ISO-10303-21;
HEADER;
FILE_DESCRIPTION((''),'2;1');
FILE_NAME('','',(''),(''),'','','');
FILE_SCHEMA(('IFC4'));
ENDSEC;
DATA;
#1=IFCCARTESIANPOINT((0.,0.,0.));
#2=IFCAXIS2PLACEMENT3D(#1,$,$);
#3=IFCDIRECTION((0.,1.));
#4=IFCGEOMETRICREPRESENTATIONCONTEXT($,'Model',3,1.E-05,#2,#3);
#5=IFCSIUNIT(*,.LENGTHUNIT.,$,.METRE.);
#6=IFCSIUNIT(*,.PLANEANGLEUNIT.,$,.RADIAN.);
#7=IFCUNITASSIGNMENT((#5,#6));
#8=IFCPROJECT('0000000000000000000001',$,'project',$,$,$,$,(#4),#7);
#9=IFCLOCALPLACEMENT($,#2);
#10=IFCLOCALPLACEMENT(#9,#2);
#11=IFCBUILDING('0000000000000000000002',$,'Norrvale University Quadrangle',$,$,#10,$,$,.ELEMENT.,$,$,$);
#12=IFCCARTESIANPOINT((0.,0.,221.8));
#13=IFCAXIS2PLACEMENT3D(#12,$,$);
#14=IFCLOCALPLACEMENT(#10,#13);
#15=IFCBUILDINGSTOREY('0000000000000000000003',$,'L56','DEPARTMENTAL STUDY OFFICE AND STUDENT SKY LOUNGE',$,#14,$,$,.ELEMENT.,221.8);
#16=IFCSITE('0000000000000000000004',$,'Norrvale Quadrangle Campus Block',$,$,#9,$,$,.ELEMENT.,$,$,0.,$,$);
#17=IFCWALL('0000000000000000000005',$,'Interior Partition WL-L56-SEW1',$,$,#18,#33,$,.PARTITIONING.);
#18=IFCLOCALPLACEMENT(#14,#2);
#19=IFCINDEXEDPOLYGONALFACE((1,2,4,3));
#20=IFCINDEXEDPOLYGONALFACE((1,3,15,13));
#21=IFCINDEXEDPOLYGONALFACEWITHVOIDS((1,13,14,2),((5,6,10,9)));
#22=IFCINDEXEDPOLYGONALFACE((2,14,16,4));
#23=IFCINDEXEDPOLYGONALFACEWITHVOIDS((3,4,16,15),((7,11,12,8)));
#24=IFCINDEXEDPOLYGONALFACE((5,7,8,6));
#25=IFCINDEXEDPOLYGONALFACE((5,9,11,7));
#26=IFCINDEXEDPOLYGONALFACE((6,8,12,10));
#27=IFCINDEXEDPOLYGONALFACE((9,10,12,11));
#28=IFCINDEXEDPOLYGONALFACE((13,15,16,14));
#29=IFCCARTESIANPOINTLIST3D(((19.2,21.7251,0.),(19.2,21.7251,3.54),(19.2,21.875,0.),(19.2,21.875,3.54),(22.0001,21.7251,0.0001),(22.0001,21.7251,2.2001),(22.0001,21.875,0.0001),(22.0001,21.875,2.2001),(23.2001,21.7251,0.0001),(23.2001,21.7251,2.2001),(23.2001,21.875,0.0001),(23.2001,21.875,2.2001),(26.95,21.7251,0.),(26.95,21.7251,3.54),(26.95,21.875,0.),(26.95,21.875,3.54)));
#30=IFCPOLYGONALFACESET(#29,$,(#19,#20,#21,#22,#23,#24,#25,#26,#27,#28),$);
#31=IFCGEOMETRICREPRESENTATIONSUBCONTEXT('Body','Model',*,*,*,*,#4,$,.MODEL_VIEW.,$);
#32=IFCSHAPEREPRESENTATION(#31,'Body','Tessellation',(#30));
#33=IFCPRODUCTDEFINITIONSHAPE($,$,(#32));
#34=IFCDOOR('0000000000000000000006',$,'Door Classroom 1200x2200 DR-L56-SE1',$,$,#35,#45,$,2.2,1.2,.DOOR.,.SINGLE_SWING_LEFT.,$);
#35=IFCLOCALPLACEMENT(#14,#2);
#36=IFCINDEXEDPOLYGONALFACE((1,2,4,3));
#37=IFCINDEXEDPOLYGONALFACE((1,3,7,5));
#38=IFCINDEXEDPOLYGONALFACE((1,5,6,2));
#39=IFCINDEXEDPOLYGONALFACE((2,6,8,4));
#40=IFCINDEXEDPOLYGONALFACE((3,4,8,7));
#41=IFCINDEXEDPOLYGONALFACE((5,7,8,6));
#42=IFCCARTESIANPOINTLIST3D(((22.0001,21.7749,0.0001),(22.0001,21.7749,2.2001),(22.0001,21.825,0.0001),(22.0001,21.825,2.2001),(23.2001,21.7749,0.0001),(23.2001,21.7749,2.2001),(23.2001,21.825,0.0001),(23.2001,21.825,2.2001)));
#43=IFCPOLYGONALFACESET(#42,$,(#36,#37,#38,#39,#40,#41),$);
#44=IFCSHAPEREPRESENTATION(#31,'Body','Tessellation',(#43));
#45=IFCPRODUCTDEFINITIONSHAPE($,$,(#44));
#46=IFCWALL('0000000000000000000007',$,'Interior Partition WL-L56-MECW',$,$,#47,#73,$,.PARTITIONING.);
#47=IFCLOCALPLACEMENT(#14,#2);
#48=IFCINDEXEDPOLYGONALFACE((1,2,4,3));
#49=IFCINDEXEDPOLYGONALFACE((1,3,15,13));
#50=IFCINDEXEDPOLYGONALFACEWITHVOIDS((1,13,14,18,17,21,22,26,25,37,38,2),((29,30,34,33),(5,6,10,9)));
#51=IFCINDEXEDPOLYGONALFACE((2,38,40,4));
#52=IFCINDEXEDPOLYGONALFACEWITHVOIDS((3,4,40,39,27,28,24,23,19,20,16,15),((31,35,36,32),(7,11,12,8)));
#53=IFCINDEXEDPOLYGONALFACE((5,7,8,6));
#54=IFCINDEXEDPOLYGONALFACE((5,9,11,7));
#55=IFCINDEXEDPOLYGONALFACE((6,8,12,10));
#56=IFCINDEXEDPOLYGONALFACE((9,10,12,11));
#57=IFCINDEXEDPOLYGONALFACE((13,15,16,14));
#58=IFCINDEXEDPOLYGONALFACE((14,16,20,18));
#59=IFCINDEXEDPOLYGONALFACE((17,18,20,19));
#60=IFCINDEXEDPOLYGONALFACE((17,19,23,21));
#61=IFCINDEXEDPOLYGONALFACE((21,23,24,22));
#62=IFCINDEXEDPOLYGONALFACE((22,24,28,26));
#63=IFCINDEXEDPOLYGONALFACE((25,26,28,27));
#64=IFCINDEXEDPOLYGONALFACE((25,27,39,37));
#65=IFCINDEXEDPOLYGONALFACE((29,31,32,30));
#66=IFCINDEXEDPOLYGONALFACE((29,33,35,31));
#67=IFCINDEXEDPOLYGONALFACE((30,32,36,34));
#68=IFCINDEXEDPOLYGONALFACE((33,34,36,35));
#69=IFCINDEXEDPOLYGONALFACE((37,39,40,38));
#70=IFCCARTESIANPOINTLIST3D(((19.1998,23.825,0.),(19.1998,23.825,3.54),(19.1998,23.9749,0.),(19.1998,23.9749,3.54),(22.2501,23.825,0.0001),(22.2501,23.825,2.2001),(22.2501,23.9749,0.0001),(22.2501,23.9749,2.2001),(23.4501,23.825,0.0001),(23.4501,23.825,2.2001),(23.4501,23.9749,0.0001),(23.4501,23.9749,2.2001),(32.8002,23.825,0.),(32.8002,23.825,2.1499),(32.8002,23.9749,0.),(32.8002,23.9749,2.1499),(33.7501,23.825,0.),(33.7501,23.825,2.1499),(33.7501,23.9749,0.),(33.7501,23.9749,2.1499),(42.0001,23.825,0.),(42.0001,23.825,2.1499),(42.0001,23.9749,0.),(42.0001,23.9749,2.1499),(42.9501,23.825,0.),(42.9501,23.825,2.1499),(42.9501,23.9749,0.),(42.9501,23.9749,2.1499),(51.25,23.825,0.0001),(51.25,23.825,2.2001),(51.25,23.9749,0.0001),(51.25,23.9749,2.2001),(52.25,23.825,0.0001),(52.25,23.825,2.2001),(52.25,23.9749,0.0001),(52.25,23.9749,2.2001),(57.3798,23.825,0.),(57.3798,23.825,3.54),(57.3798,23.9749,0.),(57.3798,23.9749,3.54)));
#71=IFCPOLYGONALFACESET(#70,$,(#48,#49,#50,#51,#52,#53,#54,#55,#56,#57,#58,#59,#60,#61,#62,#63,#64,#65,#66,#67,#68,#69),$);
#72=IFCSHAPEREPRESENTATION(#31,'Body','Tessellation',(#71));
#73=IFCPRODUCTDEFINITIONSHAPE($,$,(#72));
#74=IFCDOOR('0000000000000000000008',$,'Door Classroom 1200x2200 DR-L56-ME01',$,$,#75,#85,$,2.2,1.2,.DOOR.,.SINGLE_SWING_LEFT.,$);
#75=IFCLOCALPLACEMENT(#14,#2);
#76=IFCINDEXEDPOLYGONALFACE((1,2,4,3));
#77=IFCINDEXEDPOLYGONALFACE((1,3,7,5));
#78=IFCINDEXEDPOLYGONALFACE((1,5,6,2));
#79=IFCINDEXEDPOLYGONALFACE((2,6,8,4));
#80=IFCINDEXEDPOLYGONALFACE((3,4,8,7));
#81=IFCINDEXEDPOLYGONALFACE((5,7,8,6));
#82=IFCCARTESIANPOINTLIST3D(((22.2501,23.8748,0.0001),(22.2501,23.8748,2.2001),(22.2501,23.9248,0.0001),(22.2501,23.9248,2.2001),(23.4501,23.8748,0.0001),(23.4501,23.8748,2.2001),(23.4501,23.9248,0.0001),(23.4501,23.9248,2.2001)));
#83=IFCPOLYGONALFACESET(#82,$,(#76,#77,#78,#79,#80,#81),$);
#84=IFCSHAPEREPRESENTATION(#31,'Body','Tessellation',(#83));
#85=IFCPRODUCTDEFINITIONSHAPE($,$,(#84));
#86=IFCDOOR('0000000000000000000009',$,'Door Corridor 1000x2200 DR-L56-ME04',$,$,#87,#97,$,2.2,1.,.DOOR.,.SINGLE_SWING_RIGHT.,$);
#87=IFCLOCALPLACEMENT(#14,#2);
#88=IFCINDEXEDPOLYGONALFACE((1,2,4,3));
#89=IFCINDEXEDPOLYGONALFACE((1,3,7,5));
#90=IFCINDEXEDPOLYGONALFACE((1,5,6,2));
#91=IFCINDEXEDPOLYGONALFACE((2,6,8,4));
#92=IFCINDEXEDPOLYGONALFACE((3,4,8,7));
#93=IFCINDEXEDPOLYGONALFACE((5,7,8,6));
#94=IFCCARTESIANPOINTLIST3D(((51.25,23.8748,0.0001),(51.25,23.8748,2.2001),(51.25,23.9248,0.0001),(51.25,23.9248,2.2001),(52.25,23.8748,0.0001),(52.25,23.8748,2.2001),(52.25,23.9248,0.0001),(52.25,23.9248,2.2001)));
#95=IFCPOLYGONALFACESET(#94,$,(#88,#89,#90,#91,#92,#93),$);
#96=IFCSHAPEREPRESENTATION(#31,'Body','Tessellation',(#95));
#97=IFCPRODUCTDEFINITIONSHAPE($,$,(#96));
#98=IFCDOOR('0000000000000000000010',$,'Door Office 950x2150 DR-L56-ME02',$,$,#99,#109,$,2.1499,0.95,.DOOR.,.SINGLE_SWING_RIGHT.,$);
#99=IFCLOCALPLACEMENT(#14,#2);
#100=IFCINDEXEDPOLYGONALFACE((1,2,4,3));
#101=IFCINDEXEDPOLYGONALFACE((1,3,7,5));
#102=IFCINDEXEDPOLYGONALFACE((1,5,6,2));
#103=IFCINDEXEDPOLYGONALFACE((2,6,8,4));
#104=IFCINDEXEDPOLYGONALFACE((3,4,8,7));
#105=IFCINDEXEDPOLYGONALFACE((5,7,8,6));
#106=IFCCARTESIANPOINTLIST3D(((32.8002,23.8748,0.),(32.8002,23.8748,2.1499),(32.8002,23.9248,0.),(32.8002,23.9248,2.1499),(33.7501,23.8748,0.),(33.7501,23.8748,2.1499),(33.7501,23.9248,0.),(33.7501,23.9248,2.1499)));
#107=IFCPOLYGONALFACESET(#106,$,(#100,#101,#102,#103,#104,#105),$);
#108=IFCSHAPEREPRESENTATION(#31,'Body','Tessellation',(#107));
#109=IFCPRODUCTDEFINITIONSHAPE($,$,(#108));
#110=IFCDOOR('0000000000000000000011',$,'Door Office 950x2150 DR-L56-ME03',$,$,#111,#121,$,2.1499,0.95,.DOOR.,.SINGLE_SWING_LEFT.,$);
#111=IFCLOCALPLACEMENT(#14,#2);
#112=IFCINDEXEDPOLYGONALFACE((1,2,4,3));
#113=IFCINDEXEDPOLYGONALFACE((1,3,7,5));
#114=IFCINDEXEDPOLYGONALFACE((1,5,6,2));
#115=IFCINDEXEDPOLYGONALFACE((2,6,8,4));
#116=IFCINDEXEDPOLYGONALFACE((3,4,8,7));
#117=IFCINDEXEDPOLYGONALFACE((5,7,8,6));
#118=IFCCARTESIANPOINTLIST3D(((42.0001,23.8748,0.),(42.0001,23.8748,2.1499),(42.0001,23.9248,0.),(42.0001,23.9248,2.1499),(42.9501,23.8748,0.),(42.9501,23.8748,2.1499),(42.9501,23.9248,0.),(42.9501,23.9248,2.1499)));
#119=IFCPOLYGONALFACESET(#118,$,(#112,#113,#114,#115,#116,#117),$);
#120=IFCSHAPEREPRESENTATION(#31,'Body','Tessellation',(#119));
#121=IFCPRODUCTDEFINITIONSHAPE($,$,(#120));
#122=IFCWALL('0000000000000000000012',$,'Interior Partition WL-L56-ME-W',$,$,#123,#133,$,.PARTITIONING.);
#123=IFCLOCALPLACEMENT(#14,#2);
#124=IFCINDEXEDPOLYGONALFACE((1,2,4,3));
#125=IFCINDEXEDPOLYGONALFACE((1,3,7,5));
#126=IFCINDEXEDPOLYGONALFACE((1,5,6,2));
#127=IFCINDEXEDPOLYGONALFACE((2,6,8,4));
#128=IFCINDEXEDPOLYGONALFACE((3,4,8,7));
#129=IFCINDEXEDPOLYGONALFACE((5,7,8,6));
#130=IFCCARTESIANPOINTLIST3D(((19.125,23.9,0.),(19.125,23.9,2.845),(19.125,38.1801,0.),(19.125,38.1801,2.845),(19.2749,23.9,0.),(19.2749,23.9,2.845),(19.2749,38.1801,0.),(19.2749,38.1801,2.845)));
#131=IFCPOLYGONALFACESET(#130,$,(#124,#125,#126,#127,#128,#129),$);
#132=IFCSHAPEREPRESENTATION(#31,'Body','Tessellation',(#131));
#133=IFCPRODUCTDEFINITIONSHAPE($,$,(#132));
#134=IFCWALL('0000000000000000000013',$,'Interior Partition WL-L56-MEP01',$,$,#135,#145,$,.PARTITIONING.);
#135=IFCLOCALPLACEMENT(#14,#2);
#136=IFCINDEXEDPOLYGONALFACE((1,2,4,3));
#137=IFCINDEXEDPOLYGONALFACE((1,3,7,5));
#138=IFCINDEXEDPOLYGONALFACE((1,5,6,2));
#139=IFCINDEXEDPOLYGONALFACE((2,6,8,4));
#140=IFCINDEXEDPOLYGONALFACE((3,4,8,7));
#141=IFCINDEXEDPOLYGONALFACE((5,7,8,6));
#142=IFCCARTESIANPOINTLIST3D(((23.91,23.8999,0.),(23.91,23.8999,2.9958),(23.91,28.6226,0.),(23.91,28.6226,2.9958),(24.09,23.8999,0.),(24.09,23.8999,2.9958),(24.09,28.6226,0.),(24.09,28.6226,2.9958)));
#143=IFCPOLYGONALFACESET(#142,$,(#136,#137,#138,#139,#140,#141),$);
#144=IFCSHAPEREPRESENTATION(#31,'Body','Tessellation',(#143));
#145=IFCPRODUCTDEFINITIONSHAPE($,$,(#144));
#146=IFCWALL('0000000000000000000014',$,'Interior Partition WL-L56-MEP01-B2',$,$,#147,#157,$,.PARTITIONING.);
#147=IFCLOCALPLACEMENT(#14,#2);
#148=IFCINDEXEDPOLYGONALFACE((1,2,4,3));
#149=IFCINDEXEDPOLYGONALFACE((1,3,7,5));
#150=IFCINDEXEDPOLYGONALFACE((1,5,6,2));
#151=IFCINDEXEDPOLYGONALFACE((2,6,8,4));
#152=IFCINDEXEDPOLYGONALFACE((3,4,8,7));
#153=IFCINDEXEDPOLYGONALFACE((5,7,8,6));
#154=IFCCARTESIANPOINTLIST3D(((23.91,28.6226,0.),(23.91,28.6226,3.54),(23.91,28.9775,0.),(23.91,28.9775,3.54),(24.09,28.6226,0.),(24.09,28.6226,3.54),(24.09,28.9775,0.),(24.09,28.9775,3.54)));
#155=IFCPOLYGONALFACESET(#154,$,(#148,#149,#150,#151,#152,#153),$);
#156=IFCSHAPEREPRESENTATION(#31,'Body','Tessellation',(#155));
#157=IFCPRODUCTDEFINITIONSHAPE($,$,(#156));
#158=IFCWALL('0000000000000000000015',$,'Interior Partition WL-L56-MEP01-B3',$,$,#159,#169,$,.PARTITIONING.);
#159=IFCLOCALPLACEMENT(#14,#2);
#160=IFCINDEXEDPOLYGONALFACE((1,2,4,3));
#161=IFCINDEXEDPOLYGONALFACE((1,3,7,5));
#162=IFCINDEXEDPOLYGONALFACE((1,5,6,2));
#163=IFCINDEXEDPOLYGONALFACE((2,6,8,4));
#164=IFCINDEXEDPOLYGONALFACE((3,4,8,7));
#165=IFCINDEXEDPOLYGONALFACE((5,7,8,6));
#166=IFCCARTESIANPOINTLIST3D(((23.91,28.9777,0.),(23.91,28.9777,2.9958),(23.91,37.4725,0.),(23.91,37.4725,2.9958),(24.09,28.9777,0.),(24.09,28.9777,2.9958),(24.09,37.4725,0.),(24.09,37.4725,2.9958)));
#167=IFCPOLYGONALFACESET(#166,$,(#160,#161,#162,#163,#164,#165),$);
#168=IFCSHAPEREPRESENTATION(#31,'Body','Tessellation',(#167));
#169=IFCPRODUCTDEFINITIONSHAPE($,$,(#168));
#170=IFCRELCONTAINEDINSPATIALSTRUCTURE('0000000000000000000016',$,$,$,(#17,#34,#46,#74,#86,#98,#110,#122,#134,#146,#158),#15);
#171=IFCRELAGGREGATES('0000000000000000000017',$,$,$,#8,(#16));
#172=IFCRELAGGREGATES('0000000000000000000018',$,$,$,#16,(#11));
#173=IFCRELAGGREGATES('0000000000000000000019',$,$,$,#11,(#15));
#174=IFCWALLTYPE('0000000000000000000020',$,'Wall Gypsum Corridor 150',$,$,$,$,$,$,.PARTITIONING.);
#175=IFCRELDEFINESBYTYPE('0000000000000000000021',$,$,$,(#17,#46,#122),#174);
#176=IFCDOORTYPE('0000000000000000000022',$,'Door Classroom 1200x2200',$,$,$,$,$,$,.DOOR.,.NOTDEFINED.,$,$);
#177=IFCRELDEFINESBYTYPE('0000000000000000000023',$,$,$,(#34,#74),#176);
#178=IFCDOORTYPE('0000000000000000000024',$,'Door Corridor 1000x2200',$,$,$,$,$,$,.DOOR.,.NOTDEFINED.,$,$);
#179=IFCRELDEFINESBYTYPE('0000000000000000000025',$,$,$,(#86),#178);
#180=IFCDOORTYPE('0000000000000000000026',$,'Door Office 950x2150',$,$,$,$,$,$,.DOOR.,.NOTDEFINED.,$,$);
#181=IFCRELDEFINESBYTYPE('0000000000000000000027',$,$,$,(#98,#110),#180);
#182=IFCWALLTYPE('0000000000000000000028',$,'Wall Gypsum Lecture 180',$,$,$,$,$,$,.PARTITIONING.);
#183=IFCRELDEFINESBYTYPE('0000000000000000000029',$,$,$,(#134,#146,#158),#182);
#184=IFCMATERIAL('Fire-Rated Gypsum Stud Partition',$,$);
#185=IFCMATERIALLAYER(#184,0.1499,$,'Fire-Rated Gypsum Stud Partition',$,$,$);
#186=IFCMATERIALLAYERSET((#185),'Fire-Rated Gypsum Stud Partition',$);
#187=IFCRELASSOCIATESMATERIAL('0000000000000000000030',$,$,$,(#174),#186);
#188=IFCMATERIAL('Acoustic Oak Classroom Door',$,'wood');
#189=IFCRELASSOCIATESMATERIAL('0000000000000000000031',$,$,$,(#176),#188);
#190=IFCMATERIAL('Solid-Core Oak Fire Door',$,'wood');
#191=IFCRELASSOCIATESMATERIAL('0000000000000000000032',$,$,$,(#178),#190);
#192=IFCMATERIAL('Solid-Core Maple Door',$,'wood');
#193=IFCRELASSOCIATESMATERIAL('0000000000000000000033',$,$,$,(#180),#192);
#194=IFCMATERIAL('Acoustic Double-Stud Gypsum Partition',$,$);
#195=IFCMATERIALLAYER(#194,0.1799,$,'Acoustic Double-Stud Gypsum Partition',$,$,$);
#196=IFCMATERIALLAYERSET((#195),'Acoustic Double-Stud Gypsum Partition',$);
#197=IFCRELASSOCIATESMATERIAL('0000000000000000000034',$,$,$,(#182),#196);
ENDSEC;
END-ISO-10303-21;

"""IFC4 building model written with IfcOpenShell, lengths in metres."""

from ifc_helpers import new_model, si_unit, direction, frame, frame_2d, origin, place, context, subcontext, project, spatial, rectangle, extrude, material, layer, layer_set, type_object, element, fill, save


model = new_model("IFC4")

# Units and contexts
model_context = context("Model", 3, precision=1e-05, world=origin(), true_north=direction((0.0, 1.0)))
body_context = subcontext(model_context, "Body", "Model", "MODEL_VIEW")
ifc_project = project(units=[si_unit("LENGTHUNIT", "METRE"), si_unit("PLANEANGLEUNIT", "RADIAN")], contexts=[model_context])

# Site, building, storey
site_placement = place(None, origin())
site = spatial("IfcSite", under=ifc_project, at=site_placement, Name="Norrvale Quadrangle Campus Block", CompositionType="ELEMENT", RefElevation=0.0)
building_placement = place(site_placement, origin())
building = spatial("IfcBuilding", under=site, at=building_placement, Name="Norrvale University Quadrangle", CompositionType="ELEMENT")
storey_placement = place(building_placement, frame((0.0, 0.0, 221.8)))
storey = spatial("IfcBuildingStorey", under=building, at=storey_placement, Name="L56", Description="DEPARTMENTAL STUDY OFFICE AND STUDENT SKY LOUNGE", CompositionType="ELEMENT", Elevation=221.8)

# Wall, opening, door
ifc_material_1 = material(Name="Fire-Rated Gypsum Stud Partition")
ifc_layer_1 = layer(ifc_material_1, 0.1499, Name="Fire-Rated Gypsum Stud Partition")
ifc_layer_set_1 = layer_set([ifc_layer_1], Name="Fire-Rated Gypsum Stud Partition")
wall_type_1 = type_object("IfcWallType", Name="Wall Gypsum Corridor 150", PredefinedType="PARTITIONING", material=ifc_layer_set_1)
wall_1_placement = place(storey_placement, frame((19.2, 21.8, 0.0), z_axis=(0.0, 0.0, 1.0), x_axis=(1.0, 0.0, 0.0)))
wall_1 = element("IfcWall", 1, at=wall_1_placement, inside=storey, type_object=wall_type_1, Name="Interior Partition WL-L56-SEW1", PredefinedType="PARTITIONING", context=body_context, shape_type="SweptSolid", body=[
    extrude(rectangle(XDim=7.75, YDim=0.1499, at=frame_2d((3.875, 0.0))), origin(), (0.0, 0.0, 1.0), 3.54),
])
opening_1_placement = place(wall_1_placement, frame((2.8, 0.0, 0.0)))
opening_1 = element("IfcOpeningElement", 2, at=opening_1_placement, cuts=wall_1, PredefinedType="OPENING", context=body_context, shape_type="SweptSolid", body=[
    extrude(rectangle(XDim=1.2, YDim=2.2, at=frame_2d((0.6001, 1.1001))), frame((0.0, 0.0869, 0.0), z_axis=(0.0, -1.0, 0.0), x_axis=(1.0, 0.0, 0.0)), (0.0, 0.0, 1.0), 0.1738),
])
ifc_material_2 = material(Name="Acoustic Oak Classroom Door", Category="wood")
door_type_1 = type_object("IfcDoorType", Name="Door Classroom 1200x2200", OperationType="NOTDEFINED", PredefinedType="DOOR", material=ifc_material_2)
door_1_placement = place(opening_1_placement, origin())
door_1 = element("IfcDoor", 3, at=door_1_placement, inside=storey, type_object=door_type_1, Name="Door Classroom 1200x2200 DR-L56-SE1", OperationType="SINGLE_SWING_LEFT", OverallHeight=2.2, OverallWidth=1.2, PredefinedType="DOOR", context=body_context, shape_type="SweptSolid", body=[
    extrude(rectangle(XDim=1.2, YDim=2.2, at=frame_2d((0.6001, 1.1001))), frame((0.0, 0.0249, 0.0), z_axis=(0.0, -1.0, 0.0), x_axis=(1.0, 0.0, 0.0)), (0.0, 0.0, 1.0), 0.05),
])
fill(opening_1, door_1)

# Wall, openings, doors
wall_2_placement = place(storey_placement, frame((19.2, 23.8999, 0.0), z_axis=(0.0, 0.0, 1.0), x_axis=(1.0, 0.0, 0.0)))
wall_2 = element("IfcWall", 4, at=wall_2_placement, inside=storey, type_object=wall_type_1, Name="Interior Partition WL-L56-MECW", PredefinedType="PARTITIONING", context=body_context, shape_type="SweptSolid", body=[
    extrude(rectangle(XDim=38.1799, YDim=0.1499, at=frame_2d((19.0898, 0.0))), origin(), (0.0, 0.0, 1.0), 3.54),
])
opening_2_placement = place(wall_2_placement, frame((3.05, 0.0, 0.0)))
opening_2 = element("IfcOpeningElement", 5, at=opening_2_placement, cuts=wall_2, PredefinedType="OPENING", context=body_context, shape_type="SweptSolid", body=[
    extrude(rectangle(XDim=1.2, YDim=2.2, at=frame_2d((0.6001, 1.1001))), frame((0.0, 0.0869, 0.0), z_axis=(0.0, -1.0, 0.0), x_axis=(1.0, 0.0, 0.0)), (0.0, 0.0, 1.0), 0.1738),
])
opening_3_placement = place(wall_2_placement, frame((13.6001, 0.0, 0.0)))
opening_3 = element("IfcOpeningElement", 6, at=opening_3_placement, cuts=wall_2, PredefinedType="OPENING", context=body_context, shape_type="SweptSolid", body=[
    extrude(rectangle(XDim=0.95, YDim=2.1499, at=frame_2d((0.4751, 1.075))), frame((0.0, 0.0869, 0.0), z_axis=(0.0, -1.0, 0.0), x_axis=(1.0, 0.0, 0.0)), (0.0, 0.0, 1.0), 0.1738),
])
opening_4_placement = place(wall_2_placement, frame((22.8, 0.0, 0.0)))
opening_4 = element("IfcOpeningElement", 7, at=opening_4_placement, cuts=wall_2, PredefinedType="OPENING", context=body_context, shape_type="SweptSolid", body=[
    extrude(rectangle(XDim=0.95, YDim=2.1499, at=frame_2d((0.4751, 1.075))), frame((0.0, 0.0869, 0.0), z_axis=(0.0, -1.0, 0.0), x_axis=(1.0, 0.0, 0.0)), (0.0, 0.0, 1.0), 0.1738),
])
opening_5_placement = place(wall_2_placement, frame((32.05, 0.0, 0.0)))
opening_5 = element("IfcOpeningElement", 8, at=opening_5_placement, cuts=wall_2, PredefinedType="OPENING", context=body_context, shape_type="SweptSolid", body=[
    extrude(rectangle(XDim=1.0, YDim=2.2, at=frame_2d((0.5, 1.1001))), frame((0.0, 0.0869, 0.0), z_axis=(0.0, -1.0, 0.0), x_axis=(1.0, 0.0, 0.0)), (0.0, 0.0, 1.0), 0.1738),
])
door_2_placement = place(opening_2_placement, origin())
door_2 = element("IfcDoor", 9, at=door_2_placement, inside=storey, type_object=door_type_1, Name="Door Classroom 1200x2200 DR-L56-ME01", OperationType="SINGLE_SWING_LEFT", OverallHeight=2.2, OverallWidth=1.2, PredefinedType="DOOR", context=body_context, shape_type="SweptSolid", body=[
    extrude(rectangle(XDim=1.2, YDim=2.2, at=frame_2d((0.6001, 1.1001))), frame((0.0, 0.0249, 0.0), z_axis=(0.0, -1.0, 0.0), x_axis=(1.0, 0.0, 0.0)), (0.0, 0.0, 1.0), 0.05),
])
fill(opening_2, door_2)
ifc_material_3 = material(Name="Solid-Core Oak Fire Door", Category="wood")
door_type_2 = type_object("IfcDoorType", Name="Door Corridor 1000x2200", OperationType="NOTDEFINED", PredefinedType="DOOR", material=ifc_material_3)
door_3_placement = place(opening_5_placement, origin())
door_3 = element("IfcDoor", 10, at=door_3_placement, inside=storey, type_object=door_type_2, Name="Door Corridor 1000x2200 DR-L56-ME04", OperationType="SINGLE_SWING_RIGHT", OverallHeight=2.2, OverallWidth=1.0, PredefinedType="DOOR", context=body_context, shape_type="SweptSolid", body=[
    extrude(rectangle(XDim=1.0, YDim=2.2, at=frame_2d((0.5, 1.1001))), frame((0.0, 0.0249, 0.0), z_axis=(0.0, -1.0, 0.0), x_axis=(1.0, 0.0, 0.0)), (0.0, 0.0, 1.0), 0.05),
])
fill(opening_5, door_3)
ifc_material_4 = material(Name="Solid-Core Maple Door", Category="wood")
door_type_3 = type_object("IfcDoorType", Name="Door Office 950x2150", OperationType="NOTDEFINED", PredefinedType="DOOR", material=ifc_material_4)
door_4_placement = place(opening_3_placement, origin())
door_4 = element("IfcDoor", 11, at=door_4_placement, inside=storey, type_object=door_type_3, Name="Door Office 950x2150 DR-L56-ME02", OperationType="SINGLE_SWING_RIGHT", OverallHeight=2.1499, OverallWidth=0.95, PredefinedType="DOOR", context=body_context, shape_type="SweptSolid", body=[
    extrude(rectangle(XDim=0.95, YDim=2.1499, at=frame_2d((0.4751, 1.075))), frame((0.0, 0.0249, 0.0), z_axis=(0.0, -1.0, 0.0), x_axis=(1.0, 0.0, 0.0)), (0.0, 0.0, 1.0), 0.05),
])
fill(opening_3, door_4)
door_5_placement = place(opening_4_placement, origin())
door_5 = element("IfcDoor", 12, at=door_5_placement, inside=storey, type_object=door_type_3, Name="Door Office 950x2150 DR-L56-ME03", OperationType="SINGLE_SWING_LEFT", OverallHeight=2.1499, OverallWidth=0.95, PredefinedType="DOOR", context=body_context, shape_type="SweptSolid", body=[
    extrude(rectangle(XDim=0.95, YDim=2.1499, at=frame_2d((0.4751, 1.075))), frame((0.0, 0.0249, 0.0), z_axis=(0.0, -1.0, 0.0), x_axis=(1.0, 0.0, 0.0)), (0.0, 0.0, 1.0), 0.05),
])
fill(opening_4, door_5)

# Walls
wall_3_placement = place(storey_placement, frame((19.2, 23.8999, 0.0), z_axis=(0.0, 0.0, 1.0), x_axis=(0.0, 1.0, 0.0)))
element("IfcWall", 13, at=wall_3_placement, inside=storey, type_object=wall_type_1, Name="Interior Partition WL-L56-ME-W", PredefinedType="PARTITIONING", context=body_context, shape_type="SweptSolid", body=[
    extrude(rectangle(XDim=14.28, YDim=0.1499, at=frame_2d((7.1401, 0.0))), origin(), (0.0, 0.0, 1.0), 2.845),
])
ifc_material_5 = material(Name="Acoustic Double-Stud Gypsum Partition")
ifc_layer_2 = layer(ifc_material_5, 0.1799, Name="Acoustic Double-Stud Gypsum Partition")
ifc_layer_set_2 = layer_set([ifc_layer_2], Name="Acoustic Double-Stud Gypsum Partition")
wall_type_2 = type_object("IfcWallType", Name="Wall Gypsum Lecture 180", PredefinedType="PARTITIONING", material=ifc_layer_set_2)
wall_4_placement = place(storey_placement, frame((24.0, 23.8999, 0.0), z_axis=(0.0, 0.0, 1.0), x_axis=(0.0, 1.0, 0.0)))
element("IfcWall", 14, at=wall_4_placement, inside=storey, type_object=wall_type_2, Name="Interior Partition WL-L56-MEP01", PredefinedType="PARTITIONING", context=body_context, shape_type="SweptSolid", body=[
    extrude(rectangle(XDim=4.7227, YDim=0.1799, at=frame_2d((2.3613, 0.0))), origin(), (0.0, 0.0, 1.0), 2.9958),
])
wall_5_placement = place(storey_placement, frame((24.0, 28.6226, 0.0), z_axis=(0.0, 0.0, 1.0), x_axis=(0.0, 1.0, 0.0)))
element("IfcWall", 15, at=wall_5_placement, inside=storey, type_object=wall_type_2, Name="Interior Partition WL-L56-MEP01-B2", PredefinedType="PARTITIONING", context=body_context, shape_type="SweptSolid", body=[
    extrude(rectangle(XDim=0.355, YDim=0.1799, at=frame_2d((0.1775, 0.0))), origin(), (0.0, 0.0, 1.0), 3.54),
])
wall_6_placement = place(storey_placement, frame((24.0, 28.9775, 0.0), z_axis=(0.0, 0.0, 1.0), x_axis=(0.0, 1.0, 0.0)))
element("IfcWall", 16, at=wall_6_placement, inside=storey, type_object=wall_type_2, Name="Interior Partition WL-L56-MEP01-B3", PredefinedType="PARTITIONING", context=body_context, shape_type="SweptSolid", body=[
    extrude(rectangle(XDim=8.4949, YDim=0.1799, at=frame_2d((4.2476, 0.0))), origin(), (0.0, 0.0, 1.0), 2.9958),
])

save(model, "model.ifc")
